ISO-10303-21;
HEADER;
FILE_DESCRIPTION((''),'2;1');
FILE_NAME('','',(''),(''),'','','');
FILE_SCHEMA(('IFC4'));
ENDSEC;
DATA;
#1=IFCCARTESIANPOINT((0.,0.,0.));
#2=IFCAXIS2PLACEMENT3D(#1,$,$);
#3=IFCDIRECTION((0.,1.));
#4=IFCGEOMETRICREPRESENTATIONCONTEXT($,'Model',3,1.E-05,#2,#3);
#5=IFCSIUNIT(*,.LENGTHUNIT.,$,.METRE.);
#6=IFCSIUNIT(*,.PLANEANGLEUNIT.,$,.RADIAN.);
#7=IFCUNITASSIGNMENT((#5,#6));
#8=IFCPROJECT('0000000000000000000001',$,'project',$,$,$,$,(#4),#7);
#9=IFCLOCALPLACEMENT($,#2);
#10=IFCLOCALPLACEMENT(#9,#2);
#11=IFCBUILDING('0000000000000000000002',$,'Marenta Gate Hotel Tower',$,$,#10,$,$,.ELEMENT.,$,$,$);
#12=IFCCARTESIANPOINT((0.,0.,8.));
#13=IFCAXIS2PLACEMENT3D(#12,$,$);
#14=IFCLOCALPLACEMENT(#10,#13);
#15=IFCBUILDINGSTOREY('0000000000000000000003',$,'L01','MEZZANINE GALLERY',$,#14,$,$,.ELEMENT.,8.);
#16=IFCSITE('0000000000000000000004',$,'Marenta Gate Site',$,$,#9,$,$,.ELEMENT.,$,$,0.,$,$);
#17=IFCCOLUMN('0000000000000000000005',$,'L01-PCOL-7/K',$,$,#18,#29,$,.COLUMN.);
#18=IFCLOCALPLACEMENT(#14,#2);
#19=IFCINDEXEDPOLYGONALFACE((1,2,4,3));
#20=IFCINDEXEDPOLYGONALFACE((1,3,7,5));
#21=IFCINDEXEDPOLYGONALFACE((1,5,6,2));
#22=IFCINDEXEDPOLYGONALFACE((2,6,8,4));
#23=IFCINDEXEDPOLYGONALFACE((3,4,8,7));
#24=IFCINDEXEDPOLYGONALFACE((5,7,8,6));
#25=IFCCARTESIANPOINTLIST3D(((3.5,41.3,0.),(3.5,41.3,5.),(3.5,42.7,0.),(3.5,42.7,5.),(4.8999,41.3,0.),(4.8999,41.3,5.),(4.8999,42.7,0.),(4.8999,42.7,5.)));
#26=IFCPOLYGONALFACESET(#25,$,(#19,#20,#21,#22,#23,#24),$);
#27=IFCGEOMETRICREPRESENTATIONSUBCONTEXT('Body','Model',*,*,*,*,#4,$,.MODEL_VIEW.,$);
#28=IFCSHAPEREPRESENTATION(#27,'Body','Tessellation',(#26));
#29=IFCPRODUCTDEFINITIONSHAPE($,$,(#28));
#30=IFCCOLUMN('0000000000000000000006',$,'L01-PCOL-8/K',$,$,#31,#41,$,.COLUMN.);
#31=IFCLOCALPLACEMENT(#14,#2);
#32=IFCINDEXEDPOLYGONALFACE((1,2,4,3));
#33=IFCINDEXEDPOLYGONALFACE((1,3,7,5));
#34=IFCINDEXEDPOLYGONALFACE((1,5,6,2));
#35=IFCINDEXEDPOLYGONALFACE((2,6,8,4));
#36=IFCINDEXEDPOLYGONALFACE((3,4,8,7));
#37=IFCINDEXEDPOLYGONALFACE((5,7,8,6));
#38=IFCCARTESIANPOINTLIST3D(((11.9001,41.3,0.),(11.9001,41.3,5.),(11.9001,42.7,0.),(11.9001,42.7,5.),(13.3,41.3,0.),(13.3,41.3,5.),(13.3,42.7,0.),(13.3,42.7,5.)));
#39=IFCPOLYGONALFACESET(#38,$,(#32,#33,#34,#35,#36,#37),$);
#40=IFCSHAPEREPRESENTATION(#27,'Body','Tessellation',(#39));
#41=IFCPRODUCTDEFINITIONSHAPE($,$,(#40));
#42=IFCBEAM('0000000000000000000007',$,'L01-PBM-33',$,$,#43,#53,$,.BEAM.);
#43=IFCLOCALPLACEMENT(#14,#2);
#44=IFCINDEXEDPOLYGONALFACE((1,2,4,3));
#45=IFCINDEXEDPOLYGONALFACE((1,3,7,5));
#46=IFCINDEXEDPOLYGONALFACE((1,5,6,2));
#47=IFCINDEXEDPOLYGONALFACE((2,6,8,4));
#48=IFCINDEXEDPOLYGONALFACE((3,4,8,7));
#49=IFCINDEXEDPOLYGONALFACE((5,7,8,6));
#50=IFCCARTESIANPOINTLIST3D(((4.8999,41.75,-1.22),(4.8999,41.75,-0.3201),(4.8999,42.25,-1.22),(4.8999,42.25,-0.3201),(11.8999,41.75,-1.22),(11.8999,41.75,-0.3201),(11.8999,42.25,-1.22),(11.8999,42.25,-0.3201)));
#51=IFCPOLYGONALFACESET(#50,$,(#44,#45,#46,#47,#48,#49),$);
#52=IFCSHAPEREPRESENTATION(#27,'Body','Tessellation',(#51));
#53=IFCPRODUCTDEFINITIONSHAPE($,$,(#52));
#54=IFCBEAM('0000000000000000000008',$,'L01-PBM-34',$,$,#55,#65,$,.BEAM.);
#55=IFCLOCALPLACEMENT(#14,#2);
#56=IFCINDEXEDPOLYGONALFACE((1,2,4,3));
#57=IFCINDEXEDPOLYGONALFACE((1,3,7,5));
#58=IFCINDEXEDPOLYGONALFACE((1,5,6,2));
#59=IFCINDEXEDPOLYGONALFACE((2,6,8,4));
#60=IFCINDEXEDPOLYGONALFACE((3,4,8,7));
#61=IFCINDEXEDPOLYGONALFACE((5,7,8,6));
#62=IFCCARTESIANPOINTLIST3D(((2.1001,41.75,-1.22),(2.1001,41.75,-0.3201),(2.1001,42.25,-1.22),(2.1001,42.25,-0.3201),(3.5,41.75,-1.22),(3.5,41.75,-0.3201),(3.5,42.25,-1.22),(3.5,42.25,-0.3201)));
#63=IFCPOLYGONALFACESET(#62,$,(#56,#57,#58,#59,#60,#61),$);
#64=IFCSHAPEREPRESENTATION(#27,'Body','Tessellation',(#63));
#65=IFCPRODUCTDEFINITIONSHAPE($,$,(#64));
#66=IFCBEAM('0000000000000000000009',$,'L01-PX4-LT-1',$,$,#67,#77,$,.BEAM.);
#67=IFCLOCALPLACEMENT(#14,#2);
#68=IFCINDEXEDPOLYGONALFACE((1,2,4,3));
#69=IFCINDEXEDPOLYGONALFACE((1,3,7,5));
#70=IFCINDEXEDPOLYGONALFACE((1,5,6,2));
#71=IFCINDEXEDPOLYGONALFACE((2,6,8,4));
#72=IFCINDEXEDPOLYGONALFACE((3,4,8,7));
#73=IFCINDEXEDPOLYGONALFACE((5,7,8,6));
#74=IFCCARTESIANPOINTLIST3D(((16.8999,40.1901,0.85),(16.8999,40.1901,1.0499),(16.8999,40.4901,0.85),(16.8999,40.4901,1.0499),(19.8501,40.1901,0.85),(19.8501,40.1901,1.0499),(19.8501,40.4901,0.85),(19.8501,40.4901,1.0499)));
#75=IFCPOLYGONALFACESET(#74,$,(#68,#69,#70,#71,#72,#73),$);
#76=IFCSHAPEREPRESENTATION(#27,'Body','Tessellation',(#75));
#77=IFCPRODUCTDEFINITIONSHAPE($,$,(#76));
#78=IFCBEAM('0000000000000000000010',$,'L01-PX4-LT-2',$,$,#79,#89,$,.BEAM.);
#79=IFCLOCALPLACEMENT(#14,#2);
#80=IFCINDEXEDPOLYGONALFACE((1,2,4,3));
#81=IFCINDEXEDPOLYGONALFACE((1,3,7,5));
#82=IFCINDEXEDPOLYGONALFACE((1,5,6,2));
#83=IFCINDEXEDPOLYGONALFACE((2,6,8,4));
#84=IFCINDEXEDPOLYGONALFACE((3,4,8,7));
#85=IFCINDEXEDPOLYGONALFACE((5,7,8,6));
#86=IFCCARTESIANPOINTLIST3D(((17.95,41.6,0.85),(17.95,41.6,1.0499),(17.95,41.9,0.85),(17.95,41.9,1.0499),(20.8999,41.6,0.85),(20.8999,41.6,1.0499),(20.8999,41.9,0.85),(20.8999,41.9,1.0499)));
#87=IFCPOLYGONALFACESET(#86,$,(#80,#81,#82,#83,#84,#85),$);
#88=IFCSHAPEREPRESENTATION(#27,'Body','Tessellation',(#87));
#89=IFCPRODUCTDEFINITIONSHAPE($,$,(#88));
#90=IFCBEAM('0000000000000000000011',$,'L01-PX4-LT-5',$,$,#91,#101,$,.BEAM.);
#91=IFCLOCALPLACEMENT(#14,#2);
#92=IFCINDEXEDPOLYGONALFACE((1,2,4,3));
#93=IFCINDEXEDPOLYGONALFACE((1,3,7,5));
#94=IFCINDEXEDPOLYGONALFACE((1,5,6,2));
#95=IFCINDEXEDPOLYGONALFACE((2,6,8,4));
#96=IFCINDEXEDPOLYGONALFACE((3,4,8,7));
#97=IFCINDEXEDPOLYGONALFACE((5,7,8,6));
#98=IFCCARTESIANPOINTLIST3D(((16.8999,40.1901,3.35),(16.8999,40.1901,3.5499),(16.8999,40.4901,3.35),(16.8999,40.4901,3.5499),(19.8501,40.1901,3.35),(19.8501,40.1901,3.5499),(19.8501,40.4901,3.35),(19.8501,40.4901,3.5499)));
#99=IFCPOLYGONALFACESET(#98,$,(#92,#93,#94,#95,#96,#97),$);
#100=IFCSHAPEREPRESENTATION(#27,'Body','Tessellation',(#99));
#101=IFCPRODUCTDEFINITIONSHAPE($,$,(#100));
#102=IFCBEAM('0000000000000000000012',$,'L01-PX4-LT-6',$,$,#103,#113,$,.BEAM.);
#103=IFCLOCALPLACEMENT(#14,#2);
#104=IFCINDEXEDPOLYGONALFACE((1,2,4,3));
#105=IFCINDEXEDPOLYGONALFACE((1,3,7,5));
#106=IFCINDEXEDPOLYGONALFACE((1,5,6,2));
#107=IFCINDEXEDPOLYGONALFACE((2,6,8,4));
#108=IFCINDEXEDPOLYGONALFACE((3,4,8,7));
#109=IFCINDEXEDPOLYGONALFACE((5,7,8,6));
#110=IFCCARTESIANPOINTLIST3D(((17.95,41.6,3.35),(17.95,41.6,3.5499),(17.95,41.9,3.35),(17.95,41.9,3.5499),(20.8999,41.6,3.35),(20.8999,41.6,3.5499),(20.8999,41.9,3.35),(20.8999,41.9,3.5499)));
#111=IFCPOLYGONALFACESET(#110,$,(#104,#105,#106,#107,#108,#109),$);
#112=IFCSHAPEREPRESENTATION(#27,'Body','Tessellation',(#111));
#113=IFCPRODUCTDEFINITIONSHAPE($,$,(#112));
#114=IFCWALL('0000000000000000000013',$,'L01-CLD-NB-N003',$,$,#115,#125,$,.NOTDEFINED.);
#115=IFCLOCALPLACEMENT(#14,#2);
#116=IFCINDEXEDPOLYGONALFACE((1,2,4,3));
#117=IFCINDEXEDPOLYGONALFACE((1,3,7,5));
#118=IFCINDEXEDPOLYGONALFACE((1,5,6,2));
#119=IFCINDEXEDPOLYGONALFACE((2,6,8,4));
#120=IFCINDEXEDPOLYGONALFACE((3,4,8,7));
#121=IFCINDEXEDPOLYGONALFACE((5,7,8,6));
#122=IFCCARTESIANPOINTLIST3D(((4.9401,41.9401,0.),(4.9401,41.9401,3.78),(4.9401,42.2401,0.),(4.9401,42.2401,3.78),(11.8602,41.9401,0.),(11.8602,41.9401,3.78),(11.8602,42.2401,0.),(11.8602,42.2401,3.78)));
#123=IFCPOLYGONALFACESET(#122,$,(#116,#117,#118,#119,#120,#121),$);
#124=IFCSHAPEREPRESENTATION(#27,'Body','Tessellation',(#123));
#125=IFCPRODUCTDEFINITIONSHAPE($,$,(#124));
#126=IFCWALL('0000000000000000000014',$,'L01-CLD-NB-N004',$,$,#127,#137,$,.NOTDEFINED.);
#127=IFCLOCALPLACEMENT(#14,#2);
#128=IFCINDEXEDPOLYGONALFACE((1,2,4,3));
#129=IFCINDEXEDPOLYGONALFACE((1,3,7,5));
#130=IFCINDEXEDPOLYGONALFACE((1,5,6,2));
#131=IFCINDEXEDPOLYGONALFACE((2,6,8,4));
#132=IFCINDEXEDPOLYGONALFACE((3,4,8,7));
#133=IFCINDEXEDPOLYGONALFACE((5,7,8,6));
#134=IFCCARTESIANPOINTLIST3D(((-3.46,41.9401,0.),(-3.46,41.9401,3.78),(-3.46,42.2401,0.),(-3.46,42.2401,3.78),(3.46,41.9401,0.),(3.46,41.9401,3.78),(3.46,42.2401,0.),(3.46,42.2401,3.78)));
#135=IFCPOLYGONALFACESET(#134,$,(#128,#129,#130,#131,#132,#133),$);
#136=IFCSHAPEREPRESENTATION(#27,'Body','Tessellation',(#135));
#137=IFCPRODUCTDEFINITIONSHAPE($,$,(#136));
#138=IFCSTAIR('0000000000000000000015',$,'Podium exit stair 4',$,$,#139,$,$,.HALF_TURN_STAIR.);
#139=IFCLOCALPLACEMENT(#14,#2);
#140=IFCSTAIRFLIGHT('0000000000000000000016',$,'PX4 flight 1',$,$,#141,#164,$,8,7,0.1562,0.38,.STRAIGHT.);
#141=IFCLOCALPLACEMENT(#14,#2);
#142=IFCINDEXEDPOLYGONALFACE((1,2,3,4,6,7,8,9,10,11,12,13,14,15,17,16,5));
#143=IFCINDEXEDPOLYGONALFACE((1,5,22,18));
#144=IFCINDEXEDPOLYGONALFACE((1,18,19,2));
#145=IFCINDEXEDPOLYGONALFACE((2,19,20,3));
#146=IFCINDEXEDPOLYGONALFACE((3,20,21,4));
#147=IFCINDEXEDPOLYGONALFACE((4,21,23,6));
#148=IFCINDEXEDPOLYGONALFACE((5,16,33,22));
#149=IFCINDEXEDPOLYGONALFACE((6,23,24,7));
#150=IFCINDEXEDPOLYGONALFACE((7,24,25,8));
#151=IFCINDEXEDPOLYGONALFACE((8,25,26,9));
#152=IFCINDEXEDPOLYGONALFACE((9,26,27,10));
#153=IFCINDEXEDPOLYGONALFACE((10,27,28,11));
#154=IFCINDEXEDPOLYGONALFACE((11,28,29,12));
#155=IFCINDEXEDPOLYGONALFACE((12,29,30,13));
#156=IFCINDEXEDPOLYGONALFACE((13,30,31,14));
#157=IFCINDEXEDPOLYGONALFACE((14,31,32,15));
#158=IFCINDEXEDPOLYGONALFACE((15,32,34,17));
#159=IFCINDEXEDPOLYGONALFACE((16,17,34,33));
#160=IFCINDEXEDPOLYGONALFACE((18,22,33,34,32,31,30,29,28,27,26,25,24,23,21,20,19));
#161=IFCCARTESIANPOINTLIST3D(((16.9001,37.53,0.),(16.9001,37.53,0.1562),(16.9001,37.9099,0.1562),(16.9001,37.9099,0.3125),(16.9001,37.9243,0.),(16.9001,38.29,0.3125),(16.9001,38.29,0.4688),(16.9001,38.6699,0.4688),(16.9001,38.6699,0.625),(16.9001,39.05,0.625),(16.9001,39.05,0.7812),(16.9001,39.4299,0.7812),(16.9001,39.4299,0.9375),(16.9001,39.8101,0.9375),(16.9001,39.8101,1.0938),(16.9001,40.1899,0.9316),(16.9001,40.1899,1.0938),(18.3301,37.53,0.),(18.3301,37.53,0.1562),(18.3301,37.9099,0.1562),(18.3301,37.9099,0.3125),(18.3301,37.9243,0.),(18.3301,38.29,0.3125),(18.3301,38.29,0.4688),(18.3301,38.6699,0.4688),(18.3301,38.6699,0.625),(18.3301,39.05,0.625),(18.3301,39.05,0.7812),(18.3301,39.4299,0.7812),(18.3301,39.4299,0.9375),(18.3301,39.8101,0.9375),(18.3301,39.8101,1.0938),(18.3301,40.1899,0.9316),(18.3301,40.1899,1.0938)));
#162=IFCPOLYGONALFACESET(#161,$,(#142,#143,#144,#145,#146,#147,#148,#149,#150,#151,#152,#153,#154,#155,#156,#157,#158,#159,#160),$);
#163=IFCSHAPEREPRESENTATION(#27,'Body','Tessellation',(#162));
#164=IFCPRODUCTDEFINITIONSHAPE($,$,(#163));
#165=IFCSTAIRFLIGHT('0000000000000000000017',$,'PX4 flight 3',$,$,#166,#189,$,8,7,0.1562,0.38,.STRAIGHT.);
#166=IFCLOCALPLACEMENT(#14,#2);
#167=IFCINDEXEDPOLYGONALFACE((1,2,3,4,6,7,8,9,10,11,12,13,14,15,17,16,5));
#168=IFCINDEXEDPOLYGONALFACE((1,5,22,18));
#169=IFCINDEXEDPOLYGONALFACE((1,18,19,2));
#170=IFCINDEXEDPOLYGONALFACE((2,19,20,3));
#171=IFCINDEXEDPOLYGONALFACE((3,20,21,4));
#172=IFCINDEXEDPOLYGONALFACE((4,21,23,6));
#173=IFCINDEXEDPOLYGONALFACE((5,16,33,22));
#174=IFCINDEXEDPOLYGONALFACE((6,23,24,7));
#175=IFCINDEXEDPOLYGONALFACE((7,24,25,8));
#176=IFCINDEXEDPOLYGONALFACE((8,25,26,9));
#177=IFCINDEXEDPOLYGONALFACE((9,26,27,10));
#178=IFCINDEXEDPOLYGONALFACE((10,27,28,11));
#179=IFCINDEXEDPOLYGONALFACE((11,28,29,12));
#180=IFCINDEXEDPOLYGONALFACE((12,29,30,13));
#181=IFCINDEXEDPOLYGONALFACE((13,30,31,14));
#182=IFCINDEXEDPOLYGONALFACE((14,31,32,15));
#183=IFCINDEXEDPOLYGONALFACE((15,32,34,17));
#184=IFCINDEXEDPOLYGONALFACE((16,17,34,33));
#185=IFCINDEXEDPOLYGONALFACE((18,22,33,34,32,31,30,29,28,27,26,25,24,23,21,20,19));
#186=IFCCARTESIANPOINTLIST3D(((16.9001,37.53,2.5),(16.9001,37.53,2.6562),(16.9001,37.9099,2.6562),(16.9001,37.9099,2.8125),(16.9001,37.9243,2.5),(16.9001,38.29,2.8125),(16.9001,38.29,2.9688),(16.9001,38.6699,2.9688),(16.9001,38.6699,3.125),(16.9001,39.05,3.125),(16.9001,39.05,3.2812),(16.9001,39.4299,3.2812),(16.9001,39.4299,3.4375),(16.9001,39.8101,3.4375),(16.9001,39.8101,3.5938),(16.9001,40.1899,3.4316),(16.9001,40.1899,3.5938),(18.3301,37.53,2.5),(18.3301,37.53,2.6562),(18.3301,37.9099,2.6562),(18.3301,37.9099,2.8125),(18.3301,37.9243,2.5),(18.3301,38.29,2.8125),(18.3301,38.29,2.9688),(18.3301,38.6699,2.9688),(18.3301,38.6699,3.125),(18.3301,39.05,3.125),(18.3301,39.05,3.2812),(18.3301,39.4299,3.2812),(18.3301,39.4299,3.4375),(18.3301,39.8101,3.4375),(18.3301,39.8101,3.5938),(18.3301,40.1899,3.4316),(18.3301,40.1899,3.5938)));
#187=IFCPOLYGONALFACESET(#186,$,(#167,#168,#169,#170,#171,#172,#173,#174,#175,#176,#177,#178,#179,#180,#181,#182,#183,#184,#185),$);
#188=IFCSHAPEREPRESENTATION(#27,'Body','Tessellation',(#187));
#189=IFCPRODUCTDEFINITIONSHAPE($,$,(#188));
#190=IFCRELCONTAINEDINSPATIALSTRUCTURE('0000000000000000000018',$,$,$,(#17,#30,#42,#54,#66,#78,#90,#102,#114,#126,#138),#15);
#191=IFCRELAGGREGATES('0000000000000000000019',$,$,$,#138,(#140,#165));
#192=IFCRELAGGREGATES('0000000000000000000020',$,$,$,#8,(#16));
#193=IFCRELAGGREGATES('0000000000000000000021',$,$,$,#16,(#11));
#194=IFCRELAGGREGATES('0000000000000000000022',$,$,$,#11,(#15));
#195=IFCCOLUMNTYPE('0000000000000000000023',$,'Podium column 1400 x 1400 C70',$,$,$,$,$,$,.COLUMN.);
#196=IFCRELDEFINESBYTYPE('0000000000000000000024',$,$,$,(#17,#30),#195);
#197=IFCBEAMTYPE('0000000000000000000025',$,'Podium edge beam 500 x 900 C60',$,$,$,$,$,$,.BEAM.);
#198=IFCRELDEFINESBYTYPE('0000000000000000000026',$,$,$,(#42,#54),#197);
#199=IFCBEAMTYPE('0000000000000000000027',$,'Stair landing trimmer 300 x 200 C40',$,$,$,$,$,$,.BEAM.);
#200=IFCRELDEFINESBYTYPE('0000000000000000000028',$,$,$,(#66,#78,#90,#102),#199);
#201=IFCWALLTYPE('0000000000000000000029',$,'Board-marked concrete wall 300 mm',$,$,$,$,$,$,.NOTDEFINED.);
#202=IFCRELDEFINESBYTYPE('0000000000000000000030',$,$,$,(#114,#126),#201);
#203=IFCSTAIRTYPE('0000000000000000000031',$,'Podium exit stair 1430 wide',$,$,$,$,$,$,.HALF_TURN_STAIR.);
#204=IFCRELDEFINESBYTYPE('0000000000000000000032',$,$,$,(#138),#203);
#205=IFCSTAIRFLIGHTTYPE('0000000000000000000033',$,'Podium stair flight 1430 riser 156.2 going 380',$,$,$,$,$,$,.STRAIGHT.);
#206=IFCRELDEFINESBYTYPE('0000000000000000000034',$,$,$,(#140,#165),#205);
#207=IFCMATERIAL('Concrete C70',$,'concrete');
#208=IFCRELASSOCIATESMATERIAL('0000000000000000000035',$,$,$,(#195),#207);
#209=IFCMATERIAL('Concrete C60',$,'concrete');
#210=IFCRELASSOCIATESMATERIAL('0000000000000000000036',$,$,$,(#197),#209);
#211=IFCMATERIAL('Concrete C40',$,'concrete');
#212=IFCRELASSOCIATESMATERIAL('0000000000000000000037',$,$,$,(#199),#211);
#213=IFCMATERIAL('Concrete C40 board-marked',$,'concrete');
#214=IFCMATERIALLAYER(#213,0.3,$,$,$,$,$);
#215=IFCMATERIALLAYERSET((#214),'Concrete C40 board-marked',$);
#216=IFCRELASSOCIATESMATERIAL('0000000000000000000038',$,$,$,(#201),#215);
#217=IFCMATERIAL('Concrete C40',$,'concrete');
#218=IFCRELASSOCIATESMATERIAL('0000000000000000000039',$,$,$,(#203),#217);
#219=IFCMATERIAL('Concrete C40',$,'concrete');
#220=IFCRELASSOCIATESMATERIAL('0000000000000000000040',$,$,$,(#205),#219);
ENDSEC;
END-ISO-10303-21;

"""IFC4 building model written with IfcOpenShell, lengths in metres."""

from ifc_helpers import new_model, si_unit, direction, frame, frame_2d, origin, origin_2d, place, context, subcontext, project, spatial, polyline, rectangle, outline, extrude, material, layer, layer_set, material_profile, profile_set, type_object, element, aggregate, save


model = new_model("IFC4")

# Units and contexts
model_context = context("Model", 3, precision=1e-05, world=origin(), true_north=direction((0.0, 1.0)))
body_context = subcontext(model_context, "Body", "Model", "MODEL_VIEW")
ifc_project = project(units=[si_unit("LENGTHUNIT", "METRE"), si_unit("PLANEANGLEUNIT", "RADIAN")], contexts=[model_context])

# Site, building, storey
site_placement = place(None, origin())
site = spatial("IfcSite", under=ifc_project, at=site_placement, Name="Marenta Gate Site", CompositionType="ELEMENT", RefElevation=0.0)
building_placement = place(site_placement, origin())
building = spatial("IfcBuilding", under=site, at=building_placement, Name="Marenta Gate Hotel Tower", CompositionType="ELEMENT")
storey_placement = place(building_placement, frame((0.0, 0.0, 8.0)))
storey = spatial("IfcBuildingStorey", under=building, at=storey_placement, Name="L01", Description="MEZZANINE GALLERY", CompositionType="ELEMENT", Elevation=8.0)

# Columns
ifc_material_1 = material(Name="Concrete C70", Category="concrete")
ifc_material_profile_1 = material_profile(ifc_material_1, rectangle(XDim=1.3999, YDim=1.3999, at=origin_2d()), Name="1400 x 1400")
ifc_profile_set_1 = profile_set([ifc_material_profile_1], Name="Concrete C70")
column_type = type_object("IfcColumnType", Name="Podium column 1400 x 1400 C70", PredefinedType="COLUMN", material=ifc_profile_set_1)
for number, where, z_axis, x_axis, name in (
    (1, (4.2, 42.0, 0.0), (0.0, 0.0, 1.0), (1.0, 0.0, 0.0), "L01-PCOL-7/K"),
    (2, (12.6001, 42.0, 0.0), (0.0, 0.0, 1.0), (1.0, 0.0, 0.0), "L01-PCOL-8/K"),
):
    element("IfcColumn", number, at=place(storey_placement, frame(where, z_axis=z_axis, x_axis=x_axis)), inside=storey, type_object=column_type, Name=name, PredefinedType="COLUMN", context=body_context, shape_type="SweptSolid", body=[
        extrude(rectangle(XDim=1.3999, YDim=1.3999, at=origin_2d()), origin(), (0.0, 0.0, 1.0), 5.0),
    ])

# Beams
ifc_material_2 = material(Name="Concrete C60", Category="concrete")
ifc_material_profile_2 = material_profile(ifc_material_2, rectangle(XDim=0.5, YDim=0.8999, at=origin_2d()), Name="500 x 900")
ifc_profile_set_2 = profile_set([ifc_material_profile_2], Name="Concrete C60")
beam_type_1 = type_object("IfcBeamType", Name="Podium edge beam 500 x 900 C60", PredefinedType="BEAM", material=ifc_profile_set_2)
beam_1_placement = place(storey_placement, frame((11.8999, 42.0, -0.77), z_axis=(-1.0, 0.0, 0.0), x_axis=(0.0, -1.0, 0.0)))
element("IfcBeam", 3, at=beam_1_placement, inside=storey, type_object=beam_type_1, Name="L01-PBM-33", PredefinedType="BEAM", context=body_context, shape_type="SweptSolid", body=[
    extrude(rectangle(XDim=0.5, YDim=0.8999, at=origin_2d()), origin(), (0.0, 0.0, 1.0), 7.0),
])
beam_2_placement = place(storey_placement, frame((3.5, 42.0, -0.77), z_axis=(-1.0, 0.0, 0.0), x_axis=(0.0, -1.0, 0.0)))
element("IfcBeam", 4, at=beam_2_placement, inside=storey, type_object=beam_type_1, Name="L01-PBM-34", PredefinedType="BEAM", context=body_context, shape_type="SweptSolid", body=[
    extrude(rectangle(XDim=0.5, YDim=0.8999, at=origin_2d()), origin(), (0.0, 0.0, 1.0), 1.3999),
])
ifc_material_3 = material(Name="Concrete C40", Category="concrete")
ifc_material_profile_3 = material_profile(ifc_material_3, rectangle(XDim=0.3, YDim=0.2, at=origin_2d()), Name="300 x 200")
ifc_profile_set_3 = profile_set([ifc_material_profile_3], Name="Concrete C40")
beam_type_2 = type_object("IfcBeamType", Name="Stair landing trimmer 300 x 200 C40", PredefinedType="BEAM", material=ifc_profile_set_3)
beam_3_placement = place(storey_placement, frame((16.8999, 40.3401, 0.95), z_axis=(1.0, 0.0, 0.0), x_axis=(0.0, 1.0, 0.0)))
element("IfcBeam", 5, at=beam_3_placement, inside=storey, type_object=beam_type_2, Name="L01-PX4-LT-1", PredefinedType="BEAM", context=body_context, shape_type="SweptSolid", body=[
    extrude(rectangle(XDim=0.3, YDim=0.2, at=origin_2d()), origin(), (0.0, 0.0, 1.0), 2.9502),
])
beam_4_placement = place(storey_placement, frame((17.95, 41.75, 0.95), z_axis=(1.0, 0.0, 0.0), x_axis=(0.0, 1.0, 0.0)))
element("IfcBeam", 6, at=beam_4_placement, inside=storey, type_object=beam_type_2, Name="L01-PX4-LT-2", PredefinedType="BEAM", context=body_context, shape_type="SweptSolid", body=[
    extrude(rectangle(XDim=0.3, YDim=0.2, at=origin_2d()), origin(), (0.0, 0.0, 1.0), 2.95),
])
beam_5_placement = place(storey_placement, frame((16.8999, 40.3401, 3.45), z_axis=(1.0, 0.0, 0.0), x_axis=(0.0, 1.0, 0.0)))
element("IfcBeam", 7, at=beam_5_placement, inside=storey, type_object=beam_type_2, Name="L01-PX4-LT-5", PredefinedType="BEAM", context=body_context, shape_type="SweptSolid", body=[
    extrude(rectangle(XDim=0.3, YDim=0.2, at=origin_2d()), origin(), (0.0, 0.0, 1.0), 2.9502),
])
beam_6_placement = place(storey_placement, frame((17.95, 41.75, 3.45), z_axis=(1.0, 0.0, 0.0), x_axis=(0.0, 1.0, 0.0)))
element("IfcBeam", 8, at=beam_6_placement, inside=storey, type_object=beam_type_2, Name="L01-PX4-LT-6", PredefinedType="BEAM", context=body_context, shape_type="SweptSolid", body=[
    extrude(rectangle(XDim=0.3, YDim=0.2, at=origin_2d()), origin(), (0.0, 0.0, 1.0), 2.95),
])

# Walls
ifc_material_4 = material(Name="Concrete C40 board-marked", Category="concrete")
ifc_layer = layer(ifc_material_4, 0.3)
ifc_layer_set = layer_set([ifc_layer], Name="Concrete C40 board-marked")
wall_type = type_object("IfcWallType", Name="Board-marked concrete wall 300 mm", PredefinedType="NOTDEFINED", material=ifc_layer_set)
wall_1_placement = place(storey_placement, frame((11.8601, 42.0901, 0.0), z_axis=(0.0, 0.0, 1.0), x_axis=(-1.0, 0.0, 0.0)))
element("IfcWall", 9, at=wall_1_placement, inside=storey, type_object=wall_type, Name="L01-CLD-NB-N003", PredefinedType="NOTDEFINED", context=body_context, shape_type="SweptSolid", body=[
    extrude(rectangle(XDim=6.9202, YDim=0.3, at=frame_2d((3.46, 0.0))), origin(), (0.0, 0.0, 1.0), 3.78),
])
wall_2_placement = place(storey_placement, frame((3.46, 42.0901, 0.0), z_axis=(0.0, 0.0, 1.0), x_axis=(-1.0, 0.0, 0.0)))
element("IfcWall", 10, at=wall_2_placement, inside=storey, type_object=wall_type, Name="L01-CLD-NB-N004", PredefinedType="NOTDEFINED", context=body_context, shape_type="SweptSolid", body=[
    extrude(rectangle(XDim=6.9199, YDim=0.3, at=frame_2d((3.46, 0.0))), origin(), (0.0, 0.0, 1.0), 3.78),
])

# Stair, stair flights
ifc_material_5 = material(Name="Concrete C40", Category="concrete")
stair_type = type_object("IfcStairType", Name="Podium exit stair 1430 wide", PredefinedType="HALF_TURN_STAIR", material=ifc_material_5)
stair_1_placement = place(storey_placement, origin())
stair_1 = element("IfcStair", 11, at=stair_1_placement, inside=storey, type_object=stair_type, Name="Podium exit stair 4", PredefinedType="HALF_TURN_STAIR")
ifc_material_6 = material(Name="Concrete C40", Category="concrete")
stair_flight_type = type_object("IfcStairFlightType", Name="Podium stair flight 1430 riser 156.2 going 380", PredefinedType="STRAIGHT", material=ifc_material_6)
stair_flight_1_placement = place(storey_placement, frame((17.615, 37.53, 0.0), z_axis=(0.0, 0.0, 1.0), x_axis=(0.0, 1.0, 0.0)))
stair_flight_1 = element("IfcStairFlight", 12, at=stair_flight_1_placement, type_object=stair_flight_type, Name="PX4 flight 1", NumberOfRisers=8, NumberOfTreads=7, PredefinedType="STRAIGHT", RiserHeight=0.1562, TreadLength=0.38, context=body_context, shape_type="SweptSolid", body=[
    extrude(outline(polyline([(0.0, 0.0), (0.0, 0.1562), (0.3799, 0.1562), (0.3799, 0.3125), (0.76, 0.3125), (0.76, 0.4688), (1.1399, 0.4688), (1.1399, 0.625), (1.52, 0.625), (1.52, 0.7812), (1.8999, 0.7812), (1.8999, 0.9375), (2.28, 0.9375), (2.28, 1.0938), (2.6599, 1.0938), (2.6599, 1.25), (2.6599, 0.9316), (0.3943, 0.0), (0.0, 0.0)])), frame((0.0, 0.7148, 0.0), z_axis=(0.0, -1.0, 0.0), x_axis=(1.0, 0.0, 0.0)), (0.0, 0.0, 1.0), 1.4299),
])
stair_flight_2_placement = place(storey_placement, frame((17.615, 37.53, 2.5), z_axis=(0.0, 0.0, 1.0), x_axis=(0.0, 1.0, 0.0)))
stair_flight_2 = element("IfcStairFlight", 13, at=stair_flight_2_placement, type_object=stair_flight_type, Name="PX4 flight 3", NumberOfRisers=8, NumberOfTreads=7, PredefinedType="STRAIGHT", RiserHeight=0.1562, TreadLength=0.38, context=body_context, shape_type="SweptSolid", body=[
    extrude(outline(polyline([(0.0, 0.0), (0.0, 0.1562), (0.3799, 0.1562), (0.3799, 0.3125), (0.76, 0.3125), (0.76, 0.4688), (1.1399, 0.4688), (1.1399, 0.625), (1.52, 0.625), (1.52, 0.7812), (1.8999, 0.7812), (1.8999, 0.9375), (2.28, 0.9375), (2.28, 1.0938), (2.6599, 1.0938), (2.6599, 1.25), (2.6599, 0.9316), (0.3943, 0.0), (0.0, 0.0)])), frame((0.0, 0.7148, 0.0), z_axis=(0.0, -1.0, 0.0), x_axis=(1.0, 0.0, 0.0)), (0.0, 0.0, 1.0), 1.4299),
])
aggregate(stair_1, [stair_flight_1, stair_flight_2])

save(model, "model.ifc")
